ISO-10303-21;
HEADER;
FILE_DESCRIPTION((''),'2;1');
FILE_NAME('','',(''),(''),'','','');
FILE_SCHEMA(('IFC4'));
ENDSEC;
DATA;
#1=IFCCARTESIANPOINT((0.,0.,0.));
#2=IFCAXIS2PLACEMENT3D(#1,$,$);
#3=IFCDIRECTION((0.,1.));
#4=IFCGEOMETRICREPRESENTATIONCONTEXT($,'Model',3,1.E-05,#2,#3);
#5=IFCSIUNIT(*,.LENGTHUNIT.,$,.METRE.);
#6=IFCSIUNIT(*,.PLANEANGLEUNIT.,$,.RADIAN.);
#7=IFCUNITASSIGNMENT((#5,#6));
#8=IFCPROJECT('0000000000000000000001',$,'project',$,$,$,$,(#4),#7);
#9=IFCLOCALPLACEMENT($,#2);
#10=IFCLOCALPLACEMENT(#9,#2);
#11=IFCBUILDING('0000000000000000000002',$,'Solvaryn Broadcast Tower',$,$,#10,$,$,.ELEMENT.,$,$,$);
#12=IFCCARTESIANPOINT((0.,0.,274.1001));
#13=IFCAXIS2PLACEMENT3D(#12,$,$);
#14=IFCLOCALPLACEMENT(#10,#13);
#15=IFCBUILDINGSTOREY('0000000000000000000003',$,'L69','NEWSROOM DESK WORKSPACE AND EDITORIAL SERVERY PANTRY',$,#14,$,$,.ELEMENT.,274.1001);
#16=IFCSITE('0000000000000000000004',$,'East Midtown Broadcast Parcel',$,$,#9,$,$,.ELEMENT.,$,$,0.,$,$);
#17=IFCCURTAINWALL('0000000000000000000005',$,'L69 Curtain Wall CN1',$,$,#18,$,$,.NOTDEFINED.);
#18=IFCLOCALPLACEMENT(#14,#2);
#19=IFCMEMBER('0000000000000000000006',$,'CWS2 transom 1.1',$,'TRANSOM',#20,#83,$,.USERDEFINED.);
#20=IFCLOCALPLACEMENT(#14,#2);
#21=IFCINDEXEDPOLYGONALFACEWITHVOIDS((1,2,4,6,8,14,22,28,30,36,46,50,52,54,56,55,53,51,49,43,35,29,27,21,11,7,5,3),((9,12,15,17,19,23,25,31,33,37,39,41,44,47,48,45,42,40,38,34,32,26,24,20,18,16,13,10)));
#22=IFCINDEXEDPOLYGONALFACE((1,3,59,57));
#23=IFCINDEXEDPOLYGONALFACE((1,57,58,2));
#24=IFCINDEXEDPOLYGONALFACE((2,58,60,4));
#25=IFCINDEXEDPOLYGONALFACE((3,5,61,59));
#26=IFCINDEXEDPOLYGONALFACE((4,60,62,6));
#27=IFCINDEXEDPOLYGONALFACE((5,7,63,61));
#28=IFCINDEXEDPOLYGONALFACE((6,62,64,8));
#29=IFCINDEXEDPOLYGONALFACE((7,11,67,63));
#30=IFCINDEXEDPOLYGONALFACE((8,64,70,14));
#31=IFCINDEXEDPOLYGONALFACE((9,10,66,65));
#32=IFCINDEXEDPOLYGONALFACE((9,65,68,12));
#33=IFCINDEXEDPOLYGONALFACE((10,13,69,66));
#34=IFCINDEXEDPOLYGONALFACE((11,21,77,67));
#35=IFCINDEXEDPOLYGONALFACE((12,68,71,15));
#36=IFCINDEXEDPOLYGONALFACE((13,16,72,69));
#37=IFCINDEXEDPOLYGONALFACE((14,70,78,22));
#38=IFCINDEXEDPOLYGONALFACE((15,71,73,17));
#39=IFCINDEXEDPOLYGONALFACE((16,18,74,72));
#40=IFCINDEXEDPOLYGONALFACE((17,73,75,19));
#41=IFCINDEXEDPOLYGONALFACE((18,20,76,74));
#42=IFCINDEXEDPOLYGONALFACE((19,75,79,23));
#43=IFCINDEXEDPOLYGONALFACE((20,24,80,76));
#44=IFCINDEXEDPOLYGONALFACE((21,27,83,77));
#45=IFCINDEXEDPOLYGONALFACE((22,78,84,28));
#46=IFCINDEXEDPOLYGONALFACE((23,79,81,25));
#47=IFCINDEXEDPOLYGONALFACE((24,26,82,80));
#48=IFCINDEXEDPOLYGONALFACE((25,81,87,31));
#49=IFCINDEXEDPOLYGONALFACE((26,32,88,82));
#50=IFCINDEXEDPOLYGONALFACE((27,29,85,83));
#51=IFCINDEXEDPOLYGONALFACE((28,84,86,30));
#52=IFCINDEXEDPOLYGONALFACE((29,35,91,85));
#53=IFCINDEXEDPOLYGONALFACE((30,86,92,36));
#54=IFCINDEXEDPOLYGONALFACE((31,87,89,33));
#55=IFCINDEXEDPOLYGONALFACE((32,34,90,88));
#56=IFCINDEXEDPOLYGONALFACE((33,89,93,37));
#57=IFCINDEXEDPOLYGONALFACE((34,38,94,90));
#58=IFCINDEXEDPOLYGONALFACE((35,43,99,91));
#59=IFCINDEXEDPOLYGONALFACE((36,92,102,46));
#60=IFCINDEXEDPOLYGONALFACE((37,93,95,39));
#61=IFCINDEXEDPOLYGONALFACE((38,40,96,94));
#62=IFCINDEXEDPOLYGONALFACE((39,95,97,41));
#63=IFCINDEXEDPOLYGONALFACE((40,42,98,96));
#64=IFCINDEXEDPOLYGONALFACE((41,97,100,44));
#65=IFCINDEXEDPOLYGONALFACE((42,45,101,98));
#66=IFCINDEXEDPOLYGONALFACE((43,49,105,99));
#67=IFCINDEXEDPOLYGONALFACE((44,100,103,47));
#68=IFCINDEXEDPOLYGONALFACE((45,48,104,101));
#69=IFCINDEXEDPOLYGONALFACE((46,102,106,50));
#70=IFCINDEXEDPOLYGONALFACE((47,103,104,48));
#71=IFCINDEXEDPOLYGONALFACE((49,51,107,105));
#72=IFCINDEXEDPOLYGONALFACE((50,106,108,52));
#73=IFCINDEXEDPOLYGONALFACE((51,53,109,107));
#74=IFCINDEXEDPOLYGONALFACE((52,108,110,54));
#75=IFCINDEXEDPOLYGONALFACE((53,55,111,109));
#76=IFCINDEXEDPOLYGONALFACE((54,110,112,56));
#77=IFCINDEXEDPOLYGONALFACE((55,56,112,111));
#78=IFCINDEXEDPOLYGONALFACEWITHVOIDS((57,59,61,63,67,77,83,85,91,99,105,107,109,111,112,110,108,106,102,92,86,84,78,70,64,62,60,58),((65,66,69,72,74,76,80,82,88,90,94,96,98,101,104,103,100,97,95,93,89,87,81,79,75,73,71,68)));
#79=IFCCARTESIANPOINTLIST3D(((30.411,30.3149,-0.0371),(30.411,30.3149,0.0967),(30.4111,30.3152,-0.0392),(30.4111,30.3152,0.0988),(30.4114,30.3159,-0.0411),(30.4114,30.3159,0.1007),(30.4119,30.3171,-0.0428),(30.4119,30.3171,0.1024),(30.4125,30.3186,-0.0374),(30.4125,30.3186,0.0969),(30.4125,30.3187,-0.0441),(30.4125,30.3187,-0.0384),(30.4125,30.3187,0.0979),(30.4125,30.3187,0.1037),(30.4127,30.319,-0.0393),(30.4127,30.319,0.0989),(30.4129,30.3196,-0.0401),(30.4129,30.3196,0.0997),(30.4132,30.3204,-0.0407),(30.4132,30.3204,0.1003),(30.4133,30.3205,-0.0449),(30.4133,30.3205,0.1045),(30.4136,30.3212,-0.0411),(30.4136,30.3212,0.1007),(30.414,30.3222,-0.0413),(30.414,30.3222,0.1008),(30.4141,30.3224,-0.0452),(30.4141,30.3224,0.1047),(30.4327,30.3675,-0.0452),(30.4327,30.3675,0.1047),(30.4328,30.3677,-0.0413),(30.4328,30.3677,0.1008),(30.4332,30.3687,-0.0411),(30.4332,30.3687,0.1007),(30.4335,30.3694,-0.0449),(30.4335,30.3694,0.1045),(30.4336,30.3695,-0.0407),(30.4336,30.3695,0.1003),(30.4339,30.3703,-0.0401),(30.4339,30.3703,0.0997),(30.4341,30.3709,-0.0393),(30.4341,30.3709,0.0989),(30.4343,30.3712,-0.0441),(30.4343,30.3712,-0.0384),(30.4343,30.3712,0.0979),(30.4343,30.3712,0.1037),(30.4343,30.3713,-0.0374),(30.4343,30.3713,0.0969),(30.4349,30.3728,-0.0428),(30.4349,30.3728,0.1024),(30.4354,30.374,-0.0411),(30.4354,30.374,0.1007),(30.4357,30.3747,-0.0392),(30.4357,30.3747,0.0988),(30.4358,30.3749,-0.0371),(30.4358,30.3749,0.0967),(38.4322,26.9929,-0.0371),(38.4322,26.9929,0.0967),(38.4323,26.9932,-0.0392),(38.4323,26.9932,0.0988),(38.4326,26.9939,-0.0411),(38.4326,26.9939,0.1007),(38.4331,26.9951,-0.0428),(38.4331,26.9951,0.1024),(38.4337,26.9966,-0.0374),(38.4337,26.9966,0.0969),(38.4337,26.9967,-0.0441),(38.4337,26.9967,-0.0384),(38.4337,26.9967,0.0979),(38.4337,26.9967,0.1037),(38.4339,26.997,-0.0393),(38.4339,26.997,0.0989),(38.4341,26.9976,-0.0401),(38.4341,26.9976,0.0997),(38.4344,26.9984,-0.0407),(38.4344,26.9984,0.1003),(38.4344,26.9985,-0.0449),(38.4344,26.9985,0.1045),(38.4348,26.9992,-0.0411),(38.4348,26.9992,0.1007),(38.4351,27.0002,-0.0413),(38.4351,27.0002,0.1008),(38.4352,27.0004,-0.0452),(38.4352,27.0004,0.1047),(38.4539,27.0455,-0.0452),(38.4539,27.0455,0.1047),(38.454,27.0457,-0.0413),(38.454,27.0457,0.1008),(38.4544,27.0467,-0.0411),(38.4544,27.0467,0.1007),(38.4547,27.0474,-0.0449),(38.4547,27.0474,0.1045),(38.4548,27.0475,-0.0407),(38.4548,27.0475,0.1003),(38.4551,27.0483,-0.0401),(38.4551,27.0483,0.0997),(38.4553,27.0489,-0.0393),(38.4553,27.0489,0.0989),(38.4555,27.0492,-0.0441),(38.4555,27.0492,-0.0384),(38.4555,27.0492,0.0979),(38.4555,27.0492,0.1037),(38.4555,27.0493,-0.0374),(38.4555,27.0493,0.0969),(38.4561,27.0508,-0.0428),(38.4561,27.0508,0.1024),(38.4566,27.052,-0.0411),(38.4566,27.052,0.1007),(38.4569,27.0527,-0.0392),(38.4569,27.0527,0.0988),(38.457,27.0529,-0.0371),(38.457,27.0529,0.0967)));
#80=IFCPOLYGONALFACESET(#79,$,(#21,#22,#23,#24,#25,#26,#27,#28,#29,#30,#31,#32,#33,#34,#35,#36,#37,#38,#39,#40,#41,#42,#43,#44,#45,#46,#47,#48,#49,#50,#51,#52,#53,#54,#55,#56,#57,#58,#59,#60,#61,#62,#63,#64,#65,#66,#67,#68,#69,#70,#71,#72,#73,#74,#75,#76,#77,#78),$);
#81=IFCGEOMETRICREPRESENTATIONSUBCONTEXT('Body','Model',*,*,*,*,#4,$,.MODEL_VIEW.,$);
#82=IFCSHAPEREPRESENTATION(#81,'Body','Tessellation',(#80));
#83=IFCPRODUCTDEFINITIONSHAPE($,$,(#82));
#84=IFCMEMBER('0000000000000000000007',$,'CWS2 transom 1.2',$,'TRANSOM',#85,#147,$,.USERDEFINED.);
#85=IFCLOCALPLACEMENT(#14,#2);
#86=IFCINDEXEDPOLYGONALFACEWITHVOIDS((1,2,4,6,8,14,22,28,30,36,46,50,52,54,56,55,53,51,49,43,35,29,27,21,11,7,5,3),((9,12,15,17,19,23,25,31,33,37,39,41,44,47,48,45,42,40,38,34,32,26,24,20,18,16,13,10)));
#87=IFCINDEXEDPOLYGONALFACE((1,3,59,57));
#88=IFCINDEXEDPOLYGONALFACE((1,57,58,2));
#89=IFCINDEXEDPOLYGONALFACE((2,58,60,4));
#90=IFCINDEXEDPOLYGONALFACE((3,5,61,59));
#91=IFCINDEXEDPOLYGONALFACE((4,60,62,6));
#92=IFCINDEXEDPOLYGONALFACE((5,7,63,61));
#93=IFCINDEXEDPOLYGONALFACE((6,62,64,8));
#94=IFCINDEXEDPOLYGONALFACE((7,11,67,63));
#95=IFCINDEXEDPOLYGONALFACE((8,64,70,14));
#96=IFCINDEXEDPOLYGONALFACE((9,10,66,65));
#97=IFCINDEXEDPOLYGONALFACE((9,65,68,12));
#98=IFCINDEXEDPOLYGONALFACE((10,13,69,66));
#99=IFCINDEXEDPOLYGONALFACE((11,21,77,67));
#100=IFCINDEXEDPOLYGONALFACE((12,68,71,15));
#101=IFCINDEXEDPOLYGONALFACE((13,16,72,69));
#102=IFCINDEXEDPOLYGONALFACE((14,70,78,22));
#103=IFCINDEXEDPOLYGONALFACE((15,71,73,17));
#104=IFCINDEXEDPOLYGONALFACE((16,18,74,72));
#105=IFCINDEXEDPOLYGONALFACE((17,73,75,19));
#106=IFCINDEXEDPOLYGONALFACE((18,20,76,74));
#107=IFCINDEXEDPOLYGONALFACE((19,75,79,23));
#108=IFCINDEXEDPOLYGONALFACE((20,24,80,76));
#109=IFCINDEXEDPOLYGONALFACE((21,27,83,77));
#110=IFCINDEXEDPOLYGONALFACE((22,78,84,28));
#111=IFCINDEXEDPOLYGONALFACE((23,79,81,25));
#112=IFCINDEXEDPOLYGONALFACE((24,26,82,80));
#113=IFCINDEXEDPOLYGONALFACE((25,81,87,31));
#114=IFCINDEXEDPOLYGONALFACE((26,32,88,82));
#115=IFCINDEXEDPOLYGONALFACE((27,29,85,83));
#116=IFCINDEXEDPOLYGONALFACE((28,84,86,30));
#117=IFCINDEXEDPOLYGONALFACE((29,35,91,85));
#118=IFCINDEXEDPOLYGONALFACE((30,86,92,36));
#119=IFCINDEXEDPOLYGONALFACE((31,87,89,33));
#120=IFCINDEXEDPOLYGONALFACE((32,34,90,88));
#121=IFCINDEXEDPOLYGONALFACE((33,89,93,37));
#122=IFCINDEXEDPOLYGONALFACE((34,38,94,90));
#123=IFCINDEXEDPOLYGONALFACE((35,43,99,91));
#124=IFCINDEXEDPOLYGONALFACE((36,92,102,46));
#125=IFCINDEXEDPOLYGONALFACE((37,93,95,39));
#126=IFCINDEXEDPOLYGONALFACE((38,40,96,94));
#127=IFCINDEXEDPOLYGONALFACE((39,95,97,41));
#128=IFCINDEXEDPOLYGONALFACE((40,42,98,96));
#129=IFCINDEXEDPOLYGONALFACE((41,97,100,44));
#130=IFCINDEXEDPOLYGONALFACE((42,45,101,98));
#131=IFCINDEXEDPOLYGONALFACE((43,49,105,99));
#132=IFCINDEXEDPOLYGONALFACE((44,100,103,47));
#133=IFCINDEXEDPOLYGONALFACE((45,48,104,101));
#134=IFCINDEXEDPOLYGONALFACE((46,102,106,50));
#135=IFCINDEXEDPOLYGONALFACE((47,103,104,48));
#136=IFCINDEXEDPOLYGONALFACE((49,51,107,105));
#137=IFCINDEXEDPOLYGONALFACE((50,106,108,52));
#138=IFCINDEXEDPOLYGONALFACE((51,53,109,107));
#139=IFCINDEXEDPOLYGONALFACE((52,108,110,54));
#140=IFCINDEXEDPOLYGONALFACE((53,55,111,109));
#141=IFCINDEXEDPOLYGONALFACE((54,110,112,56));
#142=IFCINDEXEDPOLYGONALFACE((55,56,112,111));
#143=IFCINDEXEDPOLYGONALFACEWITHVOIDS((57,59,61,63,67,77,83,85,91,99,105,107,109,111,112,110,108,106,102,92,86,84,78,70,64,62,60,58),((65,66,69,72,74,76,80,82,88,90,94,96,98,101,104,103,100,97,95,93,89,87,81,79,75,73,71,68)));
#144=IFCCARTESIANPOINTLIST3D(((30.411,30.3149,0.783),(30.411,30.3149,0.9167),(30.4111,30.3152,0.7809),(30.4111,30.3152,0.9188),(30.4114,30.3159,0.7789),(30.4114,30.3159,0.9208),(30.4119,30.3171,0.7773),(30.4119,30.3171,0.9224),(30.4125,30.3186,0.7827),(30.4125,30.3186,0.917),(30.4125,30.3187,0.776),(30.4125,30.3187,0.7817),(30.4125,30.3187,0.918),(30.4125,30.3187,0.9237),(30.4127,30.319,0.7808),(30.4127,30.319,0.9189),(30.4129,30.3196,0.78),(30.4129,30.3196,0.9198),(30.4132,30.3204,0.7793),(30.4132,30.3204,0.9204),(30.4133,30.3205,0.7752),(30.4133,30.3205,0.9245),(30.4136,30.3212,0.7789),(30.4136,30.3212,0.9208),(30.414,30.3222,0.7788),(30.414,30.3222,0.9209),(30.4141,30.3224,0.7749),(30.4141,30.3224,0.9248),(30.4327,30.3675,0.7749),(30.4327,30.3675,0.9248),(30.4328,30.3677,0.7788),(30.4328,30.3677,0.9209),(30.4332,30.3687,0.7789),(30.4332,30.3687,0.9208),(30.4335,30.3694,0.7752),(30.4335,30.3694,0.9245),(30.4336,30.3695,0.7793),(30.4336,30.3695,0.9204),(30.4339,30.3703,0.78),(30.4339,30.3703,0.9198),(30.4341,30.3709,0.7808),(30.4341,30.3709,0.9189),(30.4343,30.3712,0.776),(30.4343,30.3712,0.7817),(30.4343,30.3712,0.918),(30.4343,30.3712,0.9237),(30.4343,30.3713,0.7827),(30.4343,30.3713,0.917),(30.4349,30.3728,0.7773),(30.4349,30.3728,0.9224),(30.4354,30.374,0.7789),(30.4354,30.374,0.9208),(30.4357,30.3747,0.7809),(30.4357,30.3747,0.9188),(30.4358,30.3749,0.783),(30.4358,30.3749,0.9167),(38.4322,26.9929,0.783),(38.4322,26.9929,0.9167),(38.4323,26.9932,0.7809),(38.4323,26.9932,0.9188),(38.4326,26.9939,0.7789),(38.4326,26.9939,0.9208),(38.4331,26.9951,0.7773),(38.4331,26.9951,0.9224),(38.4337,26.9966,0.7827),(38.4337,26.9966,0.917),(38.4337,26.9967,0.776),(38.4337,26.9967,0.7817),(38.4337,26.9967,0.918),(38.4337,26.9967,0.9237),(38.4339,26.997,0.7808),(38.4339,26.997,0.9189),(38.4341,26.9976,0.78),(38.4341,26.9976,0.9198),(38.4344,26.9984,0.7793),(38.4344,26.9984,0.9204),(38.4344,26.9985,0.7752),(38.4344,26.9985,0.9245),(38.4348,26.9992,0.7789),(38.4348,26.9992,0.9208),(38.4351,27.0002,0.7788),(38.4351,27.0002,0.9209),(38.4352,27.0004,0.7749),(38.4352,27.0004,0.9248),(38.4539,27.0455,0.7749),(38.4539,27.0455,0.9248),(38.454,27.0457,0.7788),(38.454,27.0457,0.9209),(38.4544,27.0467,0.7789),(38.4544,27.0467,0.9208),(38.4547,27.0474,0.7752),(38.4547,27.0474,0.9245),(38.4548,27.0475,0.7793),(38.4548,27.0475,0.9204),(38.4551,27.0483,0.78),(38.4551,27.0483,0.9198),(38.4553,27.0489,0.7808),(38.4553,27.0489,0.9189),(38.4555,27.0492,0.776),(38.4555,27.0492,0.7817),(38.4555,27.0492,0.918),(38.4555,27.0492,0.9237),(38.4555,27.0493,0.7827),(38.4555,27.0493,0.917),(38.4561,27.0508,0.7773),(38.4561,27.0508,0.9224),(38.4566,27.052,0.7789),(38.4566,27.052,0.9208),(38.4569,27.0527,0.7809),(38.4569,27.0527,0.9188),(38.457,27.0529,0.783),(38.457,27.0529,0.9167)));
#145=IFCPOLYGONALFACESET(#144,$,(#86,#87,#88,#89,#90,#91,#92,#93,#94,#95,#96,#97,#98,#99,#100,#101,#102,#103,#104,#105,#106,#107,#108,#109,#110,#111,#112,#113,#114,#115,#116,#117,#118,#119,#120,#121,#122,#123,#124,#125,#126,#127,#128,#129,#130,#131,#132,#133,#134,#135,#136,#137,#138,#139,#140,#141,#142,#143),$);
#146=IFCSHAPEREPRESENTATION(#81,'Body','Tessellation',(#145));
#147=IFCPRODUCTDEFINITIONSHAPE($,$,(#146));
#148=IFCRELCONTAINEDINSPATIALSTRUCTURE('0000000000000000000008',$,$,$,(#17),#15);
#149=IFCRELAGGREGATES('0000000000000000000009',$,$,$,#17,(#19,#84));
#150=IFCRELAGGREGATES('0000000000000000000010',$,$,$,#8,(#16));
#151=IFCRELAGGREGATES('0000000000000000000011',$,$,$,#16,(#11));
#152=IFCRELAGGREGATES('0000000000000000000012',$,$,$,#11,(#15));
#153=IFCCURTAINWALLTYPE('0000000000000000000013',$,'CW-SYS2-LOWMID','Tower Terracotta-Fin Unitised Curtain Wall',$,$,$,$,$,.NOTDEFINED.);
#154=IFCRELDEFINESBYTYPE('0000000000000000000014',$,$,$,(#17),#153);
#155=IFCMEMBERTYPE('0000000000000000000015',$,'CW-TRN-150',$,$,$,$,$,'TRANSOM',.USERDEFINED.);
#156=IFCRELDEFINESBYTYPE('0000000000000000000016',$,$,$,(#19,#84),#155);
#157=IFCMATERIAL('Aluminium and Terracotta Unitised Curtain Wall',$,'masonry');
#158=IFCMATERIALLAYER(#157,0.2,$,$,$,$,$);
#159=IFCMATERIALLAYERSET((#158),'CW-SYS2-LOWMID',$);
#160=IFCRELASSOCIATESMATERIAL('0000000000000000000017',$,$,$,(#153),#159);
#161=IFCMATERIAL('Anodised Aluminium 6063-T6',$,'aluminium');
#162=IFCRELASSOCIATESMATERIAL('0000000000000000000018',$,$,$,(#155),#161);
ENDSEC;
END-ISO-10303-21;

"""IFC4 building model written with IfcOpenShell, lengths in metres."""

from ifc_helpers import new_model, si_unit, direction, frame, origin, origin_2d, place, context, subcontext, project, spatial, hollow_rectangle, extrude, material, layer, layer_set, material_profile, profile_set, type_object, element, aggregate, save


model = new_model("IFC4")

# Units and contexts
model_context = context("Model", 3, precision=1e-05, world=origin(), true_north=direction((0.0, 1.0)))
body_context = subcontext(model_context, "Body", "Model", "MODEL_VIEW")
ifc_project = project(units=[si_unit("LENGTHUNIT", "METRE"), si_unit("PLANEANGLEUNIT", "RADIAN")], contexts=[model_context])

# Site, building, storey
site_placement = place(None, origin())
site = spatial("IfcSite", under=ifc_project, at=site_placement, Name="East Midtown Broadcast Parcel", CompositionType="ELEMENT", RefElevation=0.0)
building_placement = place(site_placement, origin())
building = spatial("IfcBuilding", under=site, at=building_placement, Name="Solvaryn Broadcast Tower", CompositionType="ELEMENT")
storey_placement = place(building_placement, frame((0.0, 0.0, 274.1001)))
storey = spatial("IfcBuildingStorey", under=building, at=storey_placement, Name="L69", Description="NEWSROOM DESK WORKSPACE AND EDITORIAL SERVERY PANTRY", CompositionType="ELEMENT", Elevation=274.1001)

# Curtain wall
ifc_material_1 = material(Name="Aluminium and Terracotta Unitised Curtain Wall", Category="masonry")
ifc_layer_1 = layer(ifc_material_1, 0.2)
ifc_layer_set_1 = layer_set([ifc_layer_1], Name="CW-SYS2-LOWMID")
curtain_wall_type = type_object("IfcCurtainWallType", Name="CW-SYS2-LOWMID", Description="Tower Terracotta-Fin Unitised Curtain Wall", PredefinedType="NOTDEFINED", material=ifc_layer_set_1)
curtain_wall_1_placement = place(storey_placement, origin())
curtain_wall_1 = element("IfcCurtainWall", 1, at=curtain_wall_1_placement, inside=storey, type_object=curtain_wall_type, Name="L69 Curtain Wall CN1", PredefinedType="NOTDEFINED")

# Members
ifc_material_2 = material(Name="Anodised Aluminium 6063-T6", Category="aluminium")
ifc_material_profile_1 = material_profile(ifc_material_2, hollow_rectangle(XDim=0.0649, YDim=0.1499, WallThickness=0.0039, InnerFilletRadius=0.0039, OuterFilletRadius=0.0081, at=origin_2d()))
ifc_profile_set_1 = profile_set([ifc_material_profile_1], Name="Anodised Aluminium 6063-T6")
member_type_1 = type_object("IfcMemberType", Name="CW-TRN-150", ElementType="TRANSOM", PredefinedType="USERDEFINED", material=ifc_profile_set_1)
member_1_placement = place(storey_placement, frame((38.4446, 27.0229, 0.0298), z_axis=(-0.923899, 0.382636, 0.0), x_axis=(-0.382636, -0.923899, 0.0)))
member_1 = element("IfcMember", 2, at=member_1_placement, type_object=member_type_1, Name="CWS2 transom 1.1", ObjectType="TRANSOM", PredefinedType="USERDEFINED", context=body_context, shape_type="SweptSolid", body=[
    extrude(hollow_rectangle(XDim=0.0649, YDim=0.1499, WallThickness=0.0039, InnerFilletRadius=0.0039, OuterFilletRadius=0.0081, at=origin_2d()), origin(), (0.0, 0.0, 1.0), 8.6819),
])
member_2_placement = place(storey_placement, frame((38.4446, 27.0229, 0.8499), z_axis=(-0.923899, 0.382636, 0.0), x_axis=(-0.382636, -0.923899, 0.0)))
member_2 = element("IfcMember", 3, at=member_2_placement, type_object=member_type_1, Name="CWS2 transom 1.2", ObjectType="TRANSOM", PredefinedType="USERDEFINED", context=body_context, shape_type="SweptSolid", body=[
    extrude(hollow_rectangle(XDim=0.0649, YDim=0.1499, WallThickness=0.0039, InnerFilletRadius=0.0039, OuterFilletRadius=0.0081, at=origin_2d()), origin(), (0.0, 0.0, 1.0), 8.6819),
])

aggregate(curtain_wall_1, [member_1, member_2])

save(model, "model.ifc")
